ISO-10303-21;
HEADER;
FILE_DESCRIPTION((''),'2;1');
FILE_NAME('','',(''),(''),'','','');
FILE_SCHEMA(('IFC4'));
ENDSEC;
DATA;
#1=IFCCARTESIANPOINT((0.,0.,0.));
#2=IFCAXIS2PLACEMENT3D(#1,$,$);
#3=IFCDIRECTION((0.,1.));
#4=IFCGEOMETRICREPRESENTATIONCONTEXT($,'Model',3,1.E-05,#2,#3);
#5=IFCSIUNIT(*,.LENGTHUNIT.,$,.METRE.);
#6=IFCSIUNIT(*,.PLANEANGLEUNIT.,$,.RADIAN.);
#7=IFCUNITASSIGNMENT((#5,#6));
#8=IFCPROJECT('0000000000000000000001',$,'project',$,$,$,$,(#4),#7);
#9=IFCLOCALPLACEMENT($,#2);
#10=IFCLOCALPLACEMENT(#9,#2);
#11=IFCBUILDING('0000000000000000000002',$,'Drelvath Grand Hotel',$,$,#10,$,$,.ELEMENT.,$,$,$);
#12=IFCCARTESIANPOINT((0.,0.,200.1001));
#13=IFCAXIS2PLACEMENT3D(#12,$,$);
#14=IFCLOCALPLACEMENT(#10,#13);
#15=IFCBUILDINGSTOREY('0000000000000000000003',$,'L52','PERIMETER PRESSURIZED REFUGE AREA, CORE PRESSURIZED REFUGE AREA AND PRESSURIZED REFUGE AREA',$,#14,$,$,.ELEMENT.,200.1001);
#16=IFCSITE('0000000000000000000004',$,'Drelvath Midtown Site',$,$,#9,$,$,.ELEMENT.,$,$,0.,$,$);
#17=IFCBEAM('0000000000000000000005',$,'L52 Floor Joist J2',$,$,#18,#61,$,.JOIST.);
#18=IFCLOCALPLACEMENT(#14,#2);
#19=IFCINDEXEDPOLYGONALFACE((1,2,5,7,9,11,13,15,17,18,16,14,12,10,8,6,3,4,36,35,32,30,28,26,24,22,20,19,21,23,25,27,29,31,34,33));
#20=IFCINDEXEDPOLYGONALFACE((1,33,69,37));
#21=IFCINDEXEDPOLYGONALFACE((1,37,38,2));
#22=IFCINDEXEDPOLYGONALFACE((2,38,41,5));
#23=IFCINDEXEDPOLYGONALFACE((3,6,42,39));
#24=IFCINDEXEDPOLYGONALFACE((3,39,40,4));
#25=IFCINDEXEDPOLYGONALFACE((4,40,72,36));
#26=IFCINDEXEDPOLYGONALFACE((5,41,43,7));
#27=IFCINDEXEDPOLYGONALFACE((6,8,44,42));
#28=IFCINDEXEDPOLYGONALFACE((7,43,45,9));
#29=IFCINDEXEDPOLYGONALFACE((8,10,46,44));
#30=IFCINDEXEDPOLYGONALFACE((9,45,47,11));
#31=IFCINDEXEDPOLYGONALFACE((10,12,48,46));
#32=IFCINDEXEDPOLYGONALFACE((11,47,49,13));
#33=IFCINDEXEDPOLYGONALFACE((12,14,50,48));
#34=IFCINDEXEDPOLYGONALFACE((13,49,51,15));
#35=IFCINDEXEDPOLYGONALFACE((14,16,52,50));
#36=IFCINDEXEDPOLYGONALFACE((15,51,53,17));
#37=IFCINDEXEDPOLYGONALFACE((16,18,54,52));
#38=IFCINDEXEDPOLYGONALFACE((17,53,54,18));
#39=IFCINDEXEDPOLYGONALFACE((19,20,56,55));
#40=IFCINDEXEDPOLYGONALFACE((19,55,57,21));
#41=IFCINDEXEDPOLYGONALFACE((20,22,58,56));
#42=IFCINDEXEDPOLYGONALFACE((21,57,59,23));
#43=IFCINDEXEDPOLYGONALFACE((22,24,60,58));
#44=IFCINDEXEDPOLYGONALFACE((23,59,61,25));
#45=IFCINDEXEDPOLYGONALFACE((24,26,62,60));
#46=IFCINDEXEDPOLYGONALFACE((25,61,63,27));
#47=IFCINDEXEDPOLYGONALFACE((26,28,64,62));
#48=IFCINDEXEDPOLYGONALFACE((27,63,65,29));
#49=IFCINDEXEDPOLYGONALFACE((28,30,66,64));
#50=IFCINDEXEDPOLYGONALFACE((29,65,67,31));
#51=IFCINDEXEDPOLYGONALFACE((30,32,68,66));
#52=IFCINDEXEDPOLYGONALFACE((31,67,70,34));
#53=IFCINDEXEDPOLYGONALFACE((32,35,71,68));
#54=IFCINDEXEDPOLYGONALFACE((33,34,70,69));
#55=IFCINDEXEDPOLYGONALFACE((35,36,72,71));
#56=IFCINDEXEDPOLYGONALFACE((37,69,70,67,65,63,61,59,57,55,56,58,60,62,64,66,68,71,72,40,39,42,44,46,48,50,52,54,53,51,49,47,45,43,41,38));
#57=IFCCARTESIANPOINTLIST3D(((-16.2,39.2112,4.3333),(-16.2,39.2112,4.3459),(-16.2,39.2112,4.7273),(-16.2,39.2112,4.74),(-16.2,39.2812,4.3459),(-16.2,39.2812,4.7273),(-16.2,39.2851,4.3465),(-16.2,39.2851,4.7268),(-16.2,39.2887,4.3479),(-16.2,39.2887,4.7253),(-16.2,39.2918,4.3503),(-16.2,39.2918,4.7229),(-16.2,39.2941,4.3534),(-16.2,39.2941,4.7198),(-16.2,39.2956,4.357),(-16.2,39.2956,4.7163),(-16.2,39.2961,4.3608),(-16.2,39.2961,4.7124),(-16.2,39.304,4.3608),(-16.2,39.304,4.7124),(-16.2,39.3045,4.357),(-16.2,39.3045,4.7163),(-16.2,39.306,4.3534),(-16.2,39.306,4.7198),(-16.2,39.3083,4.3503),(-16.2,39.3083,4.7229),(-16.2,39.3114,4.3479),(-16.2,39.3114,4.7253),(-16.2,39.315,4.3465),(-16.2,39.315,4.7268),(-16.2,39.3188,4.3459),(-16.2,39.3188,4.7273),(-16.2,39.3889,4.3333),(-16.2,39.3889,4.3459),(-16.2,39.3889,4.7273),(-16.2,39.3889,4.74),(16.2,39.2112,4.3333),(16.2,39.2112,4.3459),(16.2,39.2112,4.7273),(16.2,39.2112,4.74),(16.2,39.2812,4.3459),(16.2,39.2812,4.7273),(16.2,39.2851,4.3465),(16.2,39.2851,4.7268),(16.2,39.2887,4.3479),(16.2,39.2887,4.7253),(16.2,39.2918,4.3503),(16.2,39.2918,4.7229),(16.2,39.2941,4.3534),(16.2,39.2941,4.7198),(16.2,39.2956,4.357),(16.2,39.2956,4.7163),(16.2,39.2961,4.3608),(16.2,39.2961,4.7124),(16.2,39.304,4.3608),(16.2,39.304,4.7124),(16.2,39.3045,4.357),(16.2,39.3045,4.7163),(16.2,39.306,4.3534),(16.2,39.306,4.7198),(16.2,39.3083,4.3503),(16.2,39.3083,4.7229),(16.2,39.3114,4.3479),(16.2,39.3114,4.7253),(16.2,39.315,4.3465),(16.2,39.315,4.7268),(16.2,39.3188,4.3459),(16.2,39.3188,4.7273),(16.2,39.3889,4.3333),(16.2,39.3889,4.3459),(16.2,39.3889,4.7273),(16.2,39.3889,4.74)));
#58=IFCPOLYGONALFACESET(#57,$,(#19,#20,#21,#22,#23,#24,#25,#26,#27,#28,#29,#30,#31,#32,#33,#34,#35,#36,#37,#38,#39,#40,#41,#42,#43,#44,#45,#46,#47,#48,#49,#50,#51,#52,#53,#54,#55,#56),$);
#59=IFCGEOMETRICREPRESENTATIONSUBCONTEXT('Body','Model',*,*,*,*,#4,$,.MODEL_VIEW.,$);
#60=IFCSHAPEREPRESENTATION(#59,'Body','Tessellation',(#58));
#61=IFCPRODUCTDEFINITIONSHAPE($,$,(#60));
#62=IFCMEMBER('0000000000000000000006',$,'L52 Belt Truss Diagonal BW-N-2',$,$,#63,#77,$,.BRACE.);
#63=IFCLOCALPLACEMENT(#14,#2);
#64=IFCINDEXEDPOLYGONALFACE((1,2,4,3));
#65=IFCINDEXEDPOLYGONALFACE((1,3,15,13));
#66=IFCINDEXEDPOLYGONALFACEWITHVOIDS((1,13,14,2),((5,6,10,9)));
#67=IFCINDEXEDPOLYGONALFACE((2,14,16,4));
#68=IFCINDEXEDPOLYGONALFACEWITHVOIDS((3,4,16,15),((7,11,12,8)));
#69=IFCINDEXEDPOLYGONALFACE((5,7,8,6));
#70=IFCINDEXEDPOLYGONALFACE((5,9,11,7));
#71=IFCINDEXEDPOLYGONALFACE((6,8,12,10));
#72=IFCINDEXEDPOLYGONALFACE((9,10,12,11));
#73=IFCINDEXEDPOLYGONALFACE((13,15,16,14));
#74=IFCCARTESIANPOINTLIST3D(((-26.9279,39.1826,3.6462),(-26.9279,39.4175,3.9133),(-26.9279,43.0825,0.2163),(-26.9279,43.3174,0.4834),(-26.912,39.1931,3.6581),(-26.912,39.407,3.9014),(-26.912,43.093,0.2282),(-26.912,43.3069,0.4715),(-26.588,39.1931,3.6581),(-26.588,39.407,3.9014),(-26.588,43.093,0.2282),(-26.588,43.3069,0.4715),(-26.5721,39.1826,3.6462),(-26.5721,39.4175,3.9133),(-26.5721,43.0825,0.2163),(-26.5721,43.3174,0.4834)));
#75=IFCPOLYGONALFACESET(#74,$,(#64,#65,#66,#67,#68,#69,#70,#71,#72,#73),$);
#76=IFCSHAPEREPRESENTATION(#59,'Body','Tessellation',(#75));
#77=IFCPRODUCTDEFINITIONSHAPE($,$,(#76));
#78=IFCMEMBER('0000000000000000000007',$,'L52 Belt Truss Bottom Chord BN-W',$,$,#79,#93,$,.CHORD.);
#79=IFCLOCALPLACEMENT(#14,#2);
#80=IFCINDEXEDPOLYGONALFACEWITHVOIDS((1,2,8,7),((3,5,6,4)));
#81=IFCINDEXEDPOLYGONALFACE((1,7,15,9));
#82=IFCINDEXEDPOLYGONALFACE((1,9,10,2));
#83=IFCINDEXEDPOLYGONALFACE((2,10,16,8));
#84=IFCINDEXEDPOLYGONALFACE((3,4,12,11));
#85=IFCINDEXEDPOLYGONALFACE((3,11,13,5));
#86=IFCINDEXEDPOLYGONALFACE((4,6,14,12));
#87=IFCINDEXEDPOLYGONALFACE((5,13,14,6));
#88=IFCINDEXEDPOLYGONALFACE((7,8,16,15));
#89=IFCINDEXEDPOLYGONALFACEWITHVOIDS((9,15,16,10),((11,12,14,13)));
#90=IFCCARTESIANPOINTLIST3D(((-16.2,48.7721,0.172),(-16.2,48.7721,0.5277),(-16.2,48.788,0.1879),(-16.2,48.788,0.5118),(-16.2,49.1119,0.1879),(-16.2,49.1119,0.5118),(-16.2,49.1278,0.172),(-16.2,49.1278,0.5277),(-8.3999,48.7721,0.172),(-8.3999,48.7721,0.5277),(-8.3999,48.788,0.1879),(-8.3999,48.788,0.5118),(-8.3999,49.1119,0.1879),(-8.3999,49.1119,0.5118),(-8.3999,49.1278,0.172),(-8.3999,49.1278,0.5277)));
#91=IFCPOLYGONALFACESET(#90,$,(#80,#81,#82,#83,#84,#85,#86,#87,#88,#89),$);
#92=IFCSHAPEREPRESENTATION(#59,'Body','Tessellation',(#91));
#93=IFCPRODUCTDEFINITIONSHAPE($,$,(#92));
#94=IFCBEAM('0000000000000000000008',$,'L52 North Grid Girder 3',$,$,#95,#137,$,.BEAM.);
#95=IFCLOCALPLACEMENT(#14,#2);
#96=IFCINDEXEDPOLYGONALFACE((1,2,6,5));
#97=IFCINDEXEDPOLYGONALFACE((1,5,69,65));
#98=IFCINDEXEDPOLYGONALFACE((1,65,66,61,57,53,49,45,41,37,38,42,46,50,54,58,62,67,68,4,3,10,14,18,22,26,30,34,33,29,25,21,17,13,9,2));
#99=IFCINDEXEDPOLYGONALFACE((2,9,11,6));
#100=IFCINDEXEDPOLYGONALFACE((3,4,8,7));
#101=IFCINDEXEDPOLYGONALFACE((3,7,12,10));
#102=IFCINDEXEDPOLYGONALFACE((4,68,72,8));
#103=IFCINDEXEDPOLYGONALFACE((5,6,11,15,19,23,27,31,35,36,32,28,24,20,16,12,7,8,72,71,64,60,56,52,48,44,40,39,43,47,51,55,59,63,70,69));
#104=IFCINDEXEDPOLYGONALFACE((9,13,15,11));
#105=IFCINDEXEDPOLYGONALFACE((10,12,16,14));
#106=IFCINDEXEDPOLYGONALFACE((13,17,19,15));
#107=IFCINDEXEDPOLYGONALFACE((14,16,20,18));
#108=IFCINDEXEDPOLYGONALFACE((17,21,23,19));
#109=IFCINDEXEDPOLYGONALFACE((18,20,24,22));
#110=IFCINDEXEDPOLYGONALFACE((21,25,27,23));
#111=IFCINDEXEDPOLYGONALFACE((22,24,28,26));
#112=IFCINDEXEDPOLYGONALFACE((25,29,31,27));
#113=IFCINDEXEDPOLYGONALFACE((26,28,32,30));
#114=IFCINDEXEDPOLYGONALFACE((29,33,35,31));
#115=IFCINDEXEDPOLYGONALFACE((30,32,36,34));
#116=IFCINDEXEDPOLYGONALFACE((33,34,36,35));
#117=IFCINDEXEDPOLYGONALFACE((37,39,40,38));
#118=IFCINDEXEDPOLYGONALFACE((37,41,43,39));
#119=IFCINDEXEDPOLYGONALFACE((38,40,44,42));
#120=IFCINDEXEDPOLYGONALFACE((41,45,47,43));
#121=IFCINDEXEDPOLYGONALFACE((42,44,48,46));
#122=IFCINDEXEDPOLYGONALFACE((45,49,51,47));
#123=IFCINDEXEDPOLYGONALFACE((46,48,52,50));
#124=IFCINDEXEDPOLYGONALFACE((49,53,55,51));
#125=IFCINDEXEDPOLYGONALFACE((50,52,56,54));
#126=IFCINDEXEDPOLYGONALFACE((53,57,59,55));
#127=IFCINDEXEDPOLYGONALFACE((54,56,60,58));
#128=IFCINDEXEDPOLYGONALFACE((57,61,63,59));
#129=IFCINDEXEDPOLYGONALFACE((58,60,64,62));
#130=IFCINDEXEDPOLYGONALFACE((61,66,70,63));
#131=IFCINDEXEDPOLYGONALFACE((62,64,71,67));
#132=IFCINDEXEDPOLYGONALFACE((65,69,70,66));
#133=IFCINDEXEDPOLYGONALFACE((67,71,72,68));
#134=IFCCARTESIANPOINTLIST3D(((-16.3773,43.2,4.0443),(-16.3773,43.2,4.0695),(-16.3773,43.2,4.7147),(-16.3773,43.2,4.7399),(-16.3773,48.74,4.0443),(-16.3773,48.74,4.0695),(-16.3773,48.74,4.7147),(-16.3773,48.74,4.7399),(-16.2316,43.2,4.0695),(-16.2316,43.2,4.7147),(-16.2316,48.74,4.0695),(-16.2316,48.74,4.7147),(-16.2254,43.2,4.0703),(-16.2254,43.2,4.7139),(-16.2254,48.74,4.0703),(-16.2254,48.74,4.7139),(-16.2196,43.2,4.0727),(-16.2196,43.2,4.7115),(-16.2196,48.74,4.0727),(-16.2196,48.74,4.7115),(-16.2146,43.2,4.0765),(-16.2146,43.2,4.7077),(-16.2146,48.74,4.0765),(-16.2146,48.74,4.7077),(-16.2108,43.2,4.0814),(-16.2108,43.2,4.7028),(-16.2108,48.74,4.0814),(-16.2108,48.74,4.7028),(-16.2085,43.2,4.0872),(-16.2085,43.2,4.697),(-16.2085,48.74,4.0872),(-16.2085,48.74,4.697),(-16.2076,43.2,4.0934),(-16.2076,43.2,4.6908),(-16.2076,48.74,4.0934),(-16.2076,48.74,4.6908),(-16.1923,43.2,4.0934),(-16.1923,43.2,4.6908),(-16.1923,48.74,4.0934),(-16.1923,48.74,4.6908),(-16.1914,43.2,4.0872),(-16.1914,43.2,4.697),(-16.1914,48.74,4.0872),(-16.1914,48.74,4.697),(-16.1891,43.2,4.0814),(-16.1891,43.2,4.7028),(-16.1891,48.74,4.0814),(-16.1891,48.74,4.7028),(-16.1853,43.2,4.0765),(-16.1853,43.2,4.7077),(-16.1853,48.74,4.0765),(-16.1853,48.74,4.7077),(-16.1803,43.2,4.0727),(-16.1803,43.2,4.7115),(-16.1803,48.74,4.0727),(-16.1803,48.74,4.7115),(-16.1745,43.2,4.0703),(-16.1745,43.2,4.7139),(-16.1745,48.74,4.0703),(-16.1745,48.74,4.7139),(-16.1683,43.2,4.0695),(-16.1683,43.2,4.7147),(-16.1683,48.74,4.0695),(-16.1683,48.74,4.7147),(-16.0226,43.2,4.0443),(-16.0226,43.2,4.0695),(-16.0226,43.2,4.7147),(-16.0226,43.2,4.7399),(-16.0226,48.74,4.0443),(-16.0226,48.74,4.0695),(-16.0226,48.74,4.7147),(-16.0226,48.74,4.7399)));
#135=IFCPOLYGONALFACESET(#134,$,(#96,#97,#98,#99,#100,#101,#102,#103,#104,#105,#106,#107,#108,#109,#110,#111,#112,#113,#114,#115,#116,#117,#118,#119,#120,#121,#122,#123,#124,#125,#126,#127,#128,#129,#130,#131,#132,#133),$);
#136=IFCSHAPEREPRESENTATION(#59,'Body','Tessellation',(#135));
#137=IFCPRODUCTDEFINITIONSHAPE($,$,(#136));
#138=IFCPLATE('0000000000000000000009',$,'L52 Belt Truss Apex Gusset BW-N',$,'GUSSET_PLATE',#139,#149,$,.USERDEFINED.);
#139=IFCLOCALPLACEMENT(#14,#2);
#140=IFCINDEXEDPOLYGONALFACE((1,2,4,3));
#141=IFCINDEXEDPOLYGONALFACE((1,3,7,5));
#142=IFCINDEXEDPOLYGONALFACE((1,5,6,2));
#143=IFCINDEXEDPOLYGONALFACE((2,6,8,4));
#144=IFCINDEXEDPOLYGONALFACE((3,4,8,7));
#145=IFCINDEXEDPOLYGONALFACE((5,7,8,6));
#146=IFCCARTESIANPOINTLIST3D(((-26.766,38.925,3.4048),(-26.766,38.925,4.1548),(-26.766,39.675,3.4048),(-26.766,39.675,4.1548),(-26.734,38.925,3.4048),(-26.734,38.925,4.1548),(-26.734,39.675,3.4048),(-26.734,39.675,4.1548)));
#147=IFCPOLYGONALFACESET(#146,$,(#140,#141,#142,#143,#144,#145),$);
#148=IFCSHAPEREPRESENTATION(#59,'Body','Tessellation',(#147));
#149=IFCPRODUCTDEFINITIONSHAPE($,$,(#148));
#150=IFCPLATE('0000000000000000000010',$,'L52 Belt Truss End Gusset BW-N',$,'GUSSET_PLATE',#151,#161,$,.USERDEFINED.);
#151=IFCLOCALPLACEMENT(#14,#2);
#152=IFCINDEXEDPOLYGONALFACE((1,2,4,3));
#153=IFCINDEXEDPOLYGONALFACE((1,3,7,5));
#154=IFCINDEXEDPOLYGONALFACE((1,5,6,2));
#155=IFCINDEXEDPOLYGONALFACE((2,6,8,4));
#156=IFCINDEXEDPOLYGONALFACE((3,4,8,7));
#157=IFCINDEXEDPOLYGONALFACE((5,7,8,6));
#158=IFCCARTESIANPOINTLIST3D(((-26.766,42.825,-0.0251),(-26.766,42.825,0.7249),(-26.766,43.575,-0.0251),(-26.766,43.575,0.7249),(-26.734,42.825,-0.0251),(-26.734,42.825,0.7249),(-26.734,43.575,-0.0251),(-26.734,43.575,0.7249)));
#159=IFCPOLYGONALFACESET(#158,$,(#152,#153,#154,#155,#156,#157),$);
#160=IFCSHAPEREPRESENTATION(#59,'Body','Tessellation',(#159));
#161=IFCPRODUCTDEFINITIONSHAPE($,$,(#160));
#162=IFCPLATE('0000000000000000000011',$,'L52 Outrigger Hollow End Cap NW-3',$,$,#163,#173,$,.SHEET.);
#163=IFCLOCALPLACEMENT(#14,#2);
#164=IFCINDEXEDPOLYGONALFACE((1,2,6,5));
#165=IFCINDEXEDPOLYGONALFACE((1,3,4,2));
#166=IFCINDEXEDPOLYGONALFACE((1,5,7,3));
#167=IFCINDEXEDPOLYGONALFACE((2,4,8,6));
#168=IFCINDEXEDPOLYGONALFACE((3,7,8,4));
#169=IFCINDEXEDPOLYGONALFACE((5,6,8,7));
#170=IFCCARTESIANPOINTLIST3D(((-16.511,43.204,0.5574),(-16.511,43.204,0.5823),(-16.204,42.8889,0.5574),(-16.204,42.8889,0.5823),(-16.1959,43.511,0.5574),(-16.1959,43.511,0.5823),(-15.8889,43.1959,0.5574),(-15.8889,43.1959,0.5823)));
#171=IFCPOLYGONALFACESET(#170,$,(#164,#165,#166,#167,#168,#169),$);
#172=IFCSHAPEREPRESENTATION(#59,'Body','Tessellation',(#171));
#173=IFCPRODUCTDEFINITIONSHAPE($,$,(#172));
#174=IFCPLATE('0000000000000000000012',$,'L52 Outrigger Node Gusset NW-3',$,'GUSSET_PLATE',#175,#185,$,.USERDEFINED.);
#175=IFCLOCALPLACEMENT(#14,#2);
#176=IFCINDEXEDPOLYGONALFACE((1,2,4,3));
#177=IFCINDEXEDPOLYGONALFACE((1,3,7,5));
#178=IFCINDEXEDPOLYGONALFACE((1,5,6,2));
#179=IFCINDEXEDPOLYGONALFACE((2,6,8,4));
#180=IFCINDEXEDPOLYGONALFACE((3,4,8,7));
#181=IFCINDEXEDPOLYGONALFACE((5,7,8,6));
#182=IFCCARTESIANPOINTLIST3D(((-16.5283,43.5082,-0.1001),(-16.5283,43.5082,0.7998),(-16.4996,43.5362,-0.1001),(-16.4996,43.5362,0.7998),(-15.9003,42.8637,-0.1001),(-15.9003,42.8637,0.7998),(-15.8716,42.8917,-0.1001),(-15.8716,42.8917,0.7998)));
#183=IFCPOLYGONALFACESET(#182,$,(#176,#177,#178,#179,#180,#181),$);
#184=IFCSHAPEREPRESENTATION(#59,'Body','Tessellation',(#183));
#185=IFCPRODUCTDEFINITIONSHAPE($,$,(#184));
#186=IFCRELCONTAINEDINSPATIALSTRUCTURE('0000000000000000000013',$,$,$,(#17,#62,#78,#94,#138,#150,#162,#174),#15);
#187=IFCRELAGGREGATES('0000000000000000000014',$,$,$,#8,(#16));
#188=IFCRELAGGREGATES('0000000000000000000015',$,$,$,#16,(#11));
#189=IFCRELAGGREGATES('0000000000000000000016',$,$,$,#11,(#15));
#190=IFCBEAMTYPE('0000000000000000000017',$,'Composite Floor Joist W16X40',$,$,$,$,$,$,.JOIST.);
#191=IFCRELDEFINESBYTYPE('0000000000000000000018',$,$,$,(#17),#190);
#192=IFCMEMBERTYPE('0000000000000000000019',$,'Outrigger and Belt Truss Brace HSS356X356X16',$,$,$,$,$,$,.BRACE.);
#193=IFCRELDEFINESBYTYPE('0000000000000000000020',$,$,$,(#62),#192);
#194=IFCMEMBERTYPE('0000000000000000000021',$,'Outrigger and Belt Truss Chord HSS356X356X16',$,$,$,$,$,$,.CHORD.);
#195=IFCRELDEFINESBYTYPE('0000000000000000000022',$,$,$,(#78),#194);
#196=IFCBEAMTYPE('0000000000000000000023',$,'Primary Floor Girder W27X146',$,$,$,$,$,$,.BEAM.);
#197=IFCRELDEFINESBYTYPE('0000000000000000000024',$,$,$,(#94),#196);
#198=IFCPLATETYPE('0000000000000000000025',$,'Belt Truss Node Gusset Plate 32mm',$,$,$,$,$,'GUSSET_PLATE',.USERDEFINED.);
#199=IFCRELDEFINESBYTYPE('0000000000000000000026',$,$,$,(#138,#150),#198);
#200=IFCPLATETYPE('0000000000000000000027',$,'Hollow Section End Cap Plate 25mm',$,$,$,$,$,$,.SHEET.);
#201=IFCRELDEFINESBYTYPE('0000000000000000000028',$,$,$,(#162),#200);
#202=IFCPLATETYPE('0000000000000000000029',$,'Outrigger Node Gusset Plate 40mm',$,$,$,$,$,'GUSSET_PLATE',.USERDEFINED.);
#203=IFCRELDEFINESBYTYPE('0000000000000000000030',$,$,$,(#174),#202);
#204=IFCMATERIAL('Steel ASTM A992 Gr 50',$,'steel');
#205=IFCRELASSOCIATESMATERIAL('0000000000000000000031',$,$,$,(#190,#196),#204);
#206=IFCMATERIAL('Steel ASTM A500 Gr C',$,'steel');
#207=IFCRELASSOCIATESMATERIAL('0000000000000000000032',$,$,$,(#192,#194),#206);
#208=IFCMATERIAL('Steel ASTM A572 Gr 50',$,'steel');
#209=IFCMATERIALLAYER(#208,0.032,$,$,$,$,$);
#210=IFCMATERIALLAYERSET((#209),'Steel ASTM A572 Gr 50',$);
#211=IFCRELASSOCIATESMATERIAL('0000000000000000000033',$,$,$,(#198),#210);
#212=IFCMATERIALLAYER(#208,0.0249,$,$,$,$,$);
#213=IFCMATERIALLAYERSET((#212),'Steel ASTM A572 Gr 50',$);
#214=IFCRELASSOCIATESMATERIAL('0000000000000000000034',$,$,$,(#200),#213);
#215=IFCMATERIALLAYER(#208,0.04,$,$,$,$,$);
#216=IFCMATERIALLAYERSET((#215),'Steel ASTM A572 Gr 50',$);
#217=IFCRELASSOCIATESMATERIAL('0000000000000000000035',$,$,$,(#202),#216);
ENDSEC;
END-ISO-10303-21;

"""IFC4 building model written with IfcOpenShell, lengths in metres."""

from ifc_helpers import new_model, si_unit, direction, frame, origin, origin_2d, place, context, subcontext, project, spatial, rectangle, hollow_rectangle, i_section, extrude, material, layer, layer_set, material_profile, profile_set, type_object, element, save


model = new_model("IFC4")

# Units and contexts
model_context = context("Model", 3, precision=1e-05, world=origin(), true_north=direction((0.0, 1.0)))
body_context = subcontext(model_context, "Body", "Model", "MODEL_VIEW")
ifc_project = project(units=[si_unit("LENGTHUNIT", "METRE"), si_unit("PLANEANGLEUNIT", "RADIAN")], contexts=[model_context])

# Site, building, storey
site_placement = place(None, origin())
site = spatial("IfcSite", under=ifc_project, at=site_placement, Name="Drelvath Midtown Site", CompositionType="ELEMENT", RefElevation=0.0)
building_placement = place(site_placement, origin())
building = spatial("IfcBuilding", under=site, at=building_placement, Name="Drelvath Grand Hotel", CompositionType="ELEMENT")
storey_placement = place(building_placement, frame((0.0, 0.0, 200.1001)))
storey = spatial("IfcBuildingStorey", under=building, at=storey_placement, Name="L52", Description="PERIMETER PRESSURIZED REFUGE AREA, CORE PRESSURIZED REFUGE AREA AND PRESSURIZED REFUGE AREA", CompositionType="ELEMENT", Elevation=200.1001)

# Beam
ifc_material_1 = material(Name="Steel ASTM A572 Gr 50", Category="steel")
ifc_material_2 = material(Name="Steel ASTM A992 Gr 50", Category="steel")
ifc_material_profile_1 = material_profile(ifc_material_2, i_section(OverallWidth=0.1777, OverallDepth=0.4067, WebThickness=0.0078, FlangeThickness=0.0127, FilletRadius=0.0149, at=origin_2d()), Name="W16X40")
ifc_profile_set_1 = profile_set([ifc_material_profile_1], Name="Steel ASTM A992 Gr 50")
beam_type_1 = type_object("IfcBeamType", Name="Composite Floor Joist W16X40", PredefinedType="JOIST", material=ifc_profile_set_1)
beam_1_placement = place(storey_placement, frame((-16.2, 39.3, 4.5366), z_axis=(1.0, 0.0, 0.0), x_axis=(0.0, 1.0, 0.0)))
element("IfcBeam", 1, at=beam_1_placement, inside=storey, type_object=beam_type_1, Name="L52 Floor Joist J2", PredefinedType="JOIST", context=body_context, shape_type="SweptSolid", body=[
    extrude(i_section(OverallWidth=0.1777, OverallDepth=0.4067, WebThickness=0.0078, FlangeThickness=0.0127, FilletRadius=0.0149, at=origin_2d()), origin(), (0.0, 0.0, 1.0), 32.3999),
])

# Members
ifc_material_3 = material(Name="Steel ASTM A500 Gr C", Category="steel")
ifc_material_profile_2 = material_profile(ifc_material_3, hollow_rectangle(XDim=0.3557, YDim=0.3557, WallThickness=0.0159, at=origin_2d()), Name="HSS356X356X16")
ifc_profile_set_2 = profile_set([ifc_material_profile_2], Name="Steel ASTM A500 Gr C")
member_type_1 = type_object("IfcMemberType", Name="Outrigger and Belt Truss Brace HSS356X356X16", PredefinedType="BRACE", material=ifc_profile_set_2)
member_1_placement = place(storey_placement, frame((-26.75, 39.3, 3.7798), z_axis=(0.0, 0.750903, -0.660413), x_axis=(-1.0, 0.0, 0.0)))
element("IfcMember", 2, at=member_1_placement, inside=storey, type_object=member_type_1, Name="L52 Belt Truss Diagonal BW-N-2", PredefinedType="BRACE", context=body_context, shape_type="SweptSolid", body=[
    extrude(hollow_rectangle(XDim=0.3557, YDim=0.3557, WallThickness=0.0159, at=origin_2d()), origin(), (0.0, 0.0, 1.0), 5.1936),
])
ifc_material_profile_3 = material_profile(ifc_material_3, hollow_rectangle(XDim=0.3557, YDim=0.3557, WallThickness=0.0159, at=origin_2d()), Name="HSS356X356X16")
ifc_profile_set_3 = profile_set([ifc_material_profile_3], Name="Steel ASTM A500 Gr C")
member_type_2 = type_object("IfcMemberType", Name="Outrigger and Belt Truss Chord HSS356X356X16", PredefinedType="CHORD", material=ifc_profile_set_3)
member_2_placement = place(storey_placement, frame((-16.2, 48.95, 0.3499), z_axis=(1.0, 0.0, 0.0), x_axis=(0.0, 1.0, 0.0)))
element("IfcMember", 3, at=member_2_placement, inside=storey, type_object=member_type_2, Name="L52 Belt Truss Bottom Chord BN-W", PredefinedType="CHORD", context=body_context, shape_type="SweptSolid", body=[
    extrude(hollow_rectangle(XDim=0.3557, YDim=0.3557, WallThickness=0.0159, at=origin_2d()), origin(), (0.0, 0.0, 1.0), 7.8),
])

# Beam
ifc_material_profile_4 = material_profile(ifc_material_2, i_section(OverallWidth=0.3547, OverallDepth=0.6956, WebThickness=0.0154, FlangeThickness=0.0251, FilletRadius=0.0239, at=origin_2d()), Name="W27X146")
ifc_profile_set_4 = profile_set([ifc_material_profile_4], Name="Steel ASTM A992 Gr 50")
beam_type_2 = type_object("IfcBeamType", Name="Primary Floor Girder W27X146", PredefinedType="BEAM", material=ifc_profile_set_4)
beam_2_placement = place(storey_placement, frame((-16.2, 43.2, 4.3921), z_axis=(0.0, 1.0, 0.0), x_axis=(-1.0, 0.0, 0.0)))
element("IfcBeam", 4, at=beam_2_placement, inside=storey, type_object=beam_type_2, Name="L52 North Grid Girder 3", PredefinedType="BEAM", context=body_context, shape_type="SweptSolid", body=[
    extrude(i_section(OverallWidth=0.3547, OverallDepth=0.6956, WebThickness=0.0154, FlangeThickness=0.0251, FilletRadius=0.0239, at=origin_2d()), origin(), (0.0, 0.0, 1.0), 5.54),
])

# Plates
ifc_layer_1 = layer(ifc_material_1, 0.032)
ifc_layer_set_1 = layer_set([ifc_layer_1], Name="Steel ASTM A572 Gr 50")
plate_type_1 = type_object("IfcPlateType", Name="Belt Truss Node Gusset Plate 32mm", ElementType="GUSSET_PLATE", PredefinedType="USERDEFINED", material=ifc_layer_set_1)
for number, where, z_axis, x_axis, name in (
    (5, (-26.75, 39.3, 3.4048), (0.0, 0.0, 1.0), (0.0, 1.0, 0.0), "L52 Belt Truss Apex Gusset BW-N"),
    (6, (-26.75, 43.2, -0.0251), (0.0, 0.0, 1.0), (0.0, 1.0, 0.0), "L52 Belt Truss End Gusset BW-N"),
):
    element("IfcPlate", number, at=place(storey_placement, frame(where, z_axis=z_axis, x_axis=x_axis)), inside=storey, type_object=plate_type_1, Name=name, ObjectType="GUSSET_PLATE", PredefinedType="USERDEFINED", context=body_context, shape_type="SweptSolid", body=[
        extrude(rectangle(XDim=0.75, YDim=0.032, at=origin_2d()), origin(), (0.0, 0.0, 1.0), 0.75),
    ])
ifc_layer_2 = layer(ifc_material_1, 0.0249)
ifc_layer_set_2 = layer_set([ifc_layer_2], Name="Steel ASTM A572 Gr 50")
plate_type_2 = type_object("IfcPlateType", Name="Hollow Section End Cap Plate 25mm", PredefinedType="SHEET", material=ifc_layer_set_2)
plate_1_placement = place(storey_placement, frame((-16.2, 43.2, 0.5574), z_axis=(0.0, 0.0, 1.0), x_axis=(-0.697865, 0.71623, 0.0)))
element("IfcPlate", 7, at=plate_1_placement, inside=storey, type_object=plate_type_2, Name="L52 Outrigger Hollow End Cap NW-3", PredefinedType="SHEET", context=body_context, shape_type="SweptSolid", body=[
    extrude(rectangle(XDim=0.4399, YDim=0.4399, at=origin_2d()), origin(), (0.0, 0.0, 1.0), 0.0249),
])
ifc_layer_3 = layer(ifc_material_1, 0.04)
ifc_layer_set_3 = layer_set([ifc_layer_3], Name="Steel ASTM A572 Gr 50")
plate_type_3 = type_object("IfcPlateType", Name="Outrigger Node Gusset Plate 40mm", ElementType="GUSSET_PLATE", PredefinedType="USERDEFINED", material=ifc_layer_set_3)
plate_2_placement = place(storey_placement, frame((-16.2, 43.2, -0.1001), z_axis=(0.0, 0.0, 1.0), x_axis=(-0.697865, 0.71623, 0.0)))
element("IfcPlate", 8, at=plate_2_placement, inside=storey, type_object=plate_type_3, Name="L52 Outrigger Node Gusset NW-3", ObjectType="GUSSET_PLATE", PredefinedType="USERDEFINED", context=body_context, shape_type="SweptSolid", body=[
    extrude(rectangle(XDim=0.8999, YDim=0.04, at=origin_2d()), origin(), (0.0, 0.0, 1.0), 0.8999),
])

save(model, "model.ifc")
